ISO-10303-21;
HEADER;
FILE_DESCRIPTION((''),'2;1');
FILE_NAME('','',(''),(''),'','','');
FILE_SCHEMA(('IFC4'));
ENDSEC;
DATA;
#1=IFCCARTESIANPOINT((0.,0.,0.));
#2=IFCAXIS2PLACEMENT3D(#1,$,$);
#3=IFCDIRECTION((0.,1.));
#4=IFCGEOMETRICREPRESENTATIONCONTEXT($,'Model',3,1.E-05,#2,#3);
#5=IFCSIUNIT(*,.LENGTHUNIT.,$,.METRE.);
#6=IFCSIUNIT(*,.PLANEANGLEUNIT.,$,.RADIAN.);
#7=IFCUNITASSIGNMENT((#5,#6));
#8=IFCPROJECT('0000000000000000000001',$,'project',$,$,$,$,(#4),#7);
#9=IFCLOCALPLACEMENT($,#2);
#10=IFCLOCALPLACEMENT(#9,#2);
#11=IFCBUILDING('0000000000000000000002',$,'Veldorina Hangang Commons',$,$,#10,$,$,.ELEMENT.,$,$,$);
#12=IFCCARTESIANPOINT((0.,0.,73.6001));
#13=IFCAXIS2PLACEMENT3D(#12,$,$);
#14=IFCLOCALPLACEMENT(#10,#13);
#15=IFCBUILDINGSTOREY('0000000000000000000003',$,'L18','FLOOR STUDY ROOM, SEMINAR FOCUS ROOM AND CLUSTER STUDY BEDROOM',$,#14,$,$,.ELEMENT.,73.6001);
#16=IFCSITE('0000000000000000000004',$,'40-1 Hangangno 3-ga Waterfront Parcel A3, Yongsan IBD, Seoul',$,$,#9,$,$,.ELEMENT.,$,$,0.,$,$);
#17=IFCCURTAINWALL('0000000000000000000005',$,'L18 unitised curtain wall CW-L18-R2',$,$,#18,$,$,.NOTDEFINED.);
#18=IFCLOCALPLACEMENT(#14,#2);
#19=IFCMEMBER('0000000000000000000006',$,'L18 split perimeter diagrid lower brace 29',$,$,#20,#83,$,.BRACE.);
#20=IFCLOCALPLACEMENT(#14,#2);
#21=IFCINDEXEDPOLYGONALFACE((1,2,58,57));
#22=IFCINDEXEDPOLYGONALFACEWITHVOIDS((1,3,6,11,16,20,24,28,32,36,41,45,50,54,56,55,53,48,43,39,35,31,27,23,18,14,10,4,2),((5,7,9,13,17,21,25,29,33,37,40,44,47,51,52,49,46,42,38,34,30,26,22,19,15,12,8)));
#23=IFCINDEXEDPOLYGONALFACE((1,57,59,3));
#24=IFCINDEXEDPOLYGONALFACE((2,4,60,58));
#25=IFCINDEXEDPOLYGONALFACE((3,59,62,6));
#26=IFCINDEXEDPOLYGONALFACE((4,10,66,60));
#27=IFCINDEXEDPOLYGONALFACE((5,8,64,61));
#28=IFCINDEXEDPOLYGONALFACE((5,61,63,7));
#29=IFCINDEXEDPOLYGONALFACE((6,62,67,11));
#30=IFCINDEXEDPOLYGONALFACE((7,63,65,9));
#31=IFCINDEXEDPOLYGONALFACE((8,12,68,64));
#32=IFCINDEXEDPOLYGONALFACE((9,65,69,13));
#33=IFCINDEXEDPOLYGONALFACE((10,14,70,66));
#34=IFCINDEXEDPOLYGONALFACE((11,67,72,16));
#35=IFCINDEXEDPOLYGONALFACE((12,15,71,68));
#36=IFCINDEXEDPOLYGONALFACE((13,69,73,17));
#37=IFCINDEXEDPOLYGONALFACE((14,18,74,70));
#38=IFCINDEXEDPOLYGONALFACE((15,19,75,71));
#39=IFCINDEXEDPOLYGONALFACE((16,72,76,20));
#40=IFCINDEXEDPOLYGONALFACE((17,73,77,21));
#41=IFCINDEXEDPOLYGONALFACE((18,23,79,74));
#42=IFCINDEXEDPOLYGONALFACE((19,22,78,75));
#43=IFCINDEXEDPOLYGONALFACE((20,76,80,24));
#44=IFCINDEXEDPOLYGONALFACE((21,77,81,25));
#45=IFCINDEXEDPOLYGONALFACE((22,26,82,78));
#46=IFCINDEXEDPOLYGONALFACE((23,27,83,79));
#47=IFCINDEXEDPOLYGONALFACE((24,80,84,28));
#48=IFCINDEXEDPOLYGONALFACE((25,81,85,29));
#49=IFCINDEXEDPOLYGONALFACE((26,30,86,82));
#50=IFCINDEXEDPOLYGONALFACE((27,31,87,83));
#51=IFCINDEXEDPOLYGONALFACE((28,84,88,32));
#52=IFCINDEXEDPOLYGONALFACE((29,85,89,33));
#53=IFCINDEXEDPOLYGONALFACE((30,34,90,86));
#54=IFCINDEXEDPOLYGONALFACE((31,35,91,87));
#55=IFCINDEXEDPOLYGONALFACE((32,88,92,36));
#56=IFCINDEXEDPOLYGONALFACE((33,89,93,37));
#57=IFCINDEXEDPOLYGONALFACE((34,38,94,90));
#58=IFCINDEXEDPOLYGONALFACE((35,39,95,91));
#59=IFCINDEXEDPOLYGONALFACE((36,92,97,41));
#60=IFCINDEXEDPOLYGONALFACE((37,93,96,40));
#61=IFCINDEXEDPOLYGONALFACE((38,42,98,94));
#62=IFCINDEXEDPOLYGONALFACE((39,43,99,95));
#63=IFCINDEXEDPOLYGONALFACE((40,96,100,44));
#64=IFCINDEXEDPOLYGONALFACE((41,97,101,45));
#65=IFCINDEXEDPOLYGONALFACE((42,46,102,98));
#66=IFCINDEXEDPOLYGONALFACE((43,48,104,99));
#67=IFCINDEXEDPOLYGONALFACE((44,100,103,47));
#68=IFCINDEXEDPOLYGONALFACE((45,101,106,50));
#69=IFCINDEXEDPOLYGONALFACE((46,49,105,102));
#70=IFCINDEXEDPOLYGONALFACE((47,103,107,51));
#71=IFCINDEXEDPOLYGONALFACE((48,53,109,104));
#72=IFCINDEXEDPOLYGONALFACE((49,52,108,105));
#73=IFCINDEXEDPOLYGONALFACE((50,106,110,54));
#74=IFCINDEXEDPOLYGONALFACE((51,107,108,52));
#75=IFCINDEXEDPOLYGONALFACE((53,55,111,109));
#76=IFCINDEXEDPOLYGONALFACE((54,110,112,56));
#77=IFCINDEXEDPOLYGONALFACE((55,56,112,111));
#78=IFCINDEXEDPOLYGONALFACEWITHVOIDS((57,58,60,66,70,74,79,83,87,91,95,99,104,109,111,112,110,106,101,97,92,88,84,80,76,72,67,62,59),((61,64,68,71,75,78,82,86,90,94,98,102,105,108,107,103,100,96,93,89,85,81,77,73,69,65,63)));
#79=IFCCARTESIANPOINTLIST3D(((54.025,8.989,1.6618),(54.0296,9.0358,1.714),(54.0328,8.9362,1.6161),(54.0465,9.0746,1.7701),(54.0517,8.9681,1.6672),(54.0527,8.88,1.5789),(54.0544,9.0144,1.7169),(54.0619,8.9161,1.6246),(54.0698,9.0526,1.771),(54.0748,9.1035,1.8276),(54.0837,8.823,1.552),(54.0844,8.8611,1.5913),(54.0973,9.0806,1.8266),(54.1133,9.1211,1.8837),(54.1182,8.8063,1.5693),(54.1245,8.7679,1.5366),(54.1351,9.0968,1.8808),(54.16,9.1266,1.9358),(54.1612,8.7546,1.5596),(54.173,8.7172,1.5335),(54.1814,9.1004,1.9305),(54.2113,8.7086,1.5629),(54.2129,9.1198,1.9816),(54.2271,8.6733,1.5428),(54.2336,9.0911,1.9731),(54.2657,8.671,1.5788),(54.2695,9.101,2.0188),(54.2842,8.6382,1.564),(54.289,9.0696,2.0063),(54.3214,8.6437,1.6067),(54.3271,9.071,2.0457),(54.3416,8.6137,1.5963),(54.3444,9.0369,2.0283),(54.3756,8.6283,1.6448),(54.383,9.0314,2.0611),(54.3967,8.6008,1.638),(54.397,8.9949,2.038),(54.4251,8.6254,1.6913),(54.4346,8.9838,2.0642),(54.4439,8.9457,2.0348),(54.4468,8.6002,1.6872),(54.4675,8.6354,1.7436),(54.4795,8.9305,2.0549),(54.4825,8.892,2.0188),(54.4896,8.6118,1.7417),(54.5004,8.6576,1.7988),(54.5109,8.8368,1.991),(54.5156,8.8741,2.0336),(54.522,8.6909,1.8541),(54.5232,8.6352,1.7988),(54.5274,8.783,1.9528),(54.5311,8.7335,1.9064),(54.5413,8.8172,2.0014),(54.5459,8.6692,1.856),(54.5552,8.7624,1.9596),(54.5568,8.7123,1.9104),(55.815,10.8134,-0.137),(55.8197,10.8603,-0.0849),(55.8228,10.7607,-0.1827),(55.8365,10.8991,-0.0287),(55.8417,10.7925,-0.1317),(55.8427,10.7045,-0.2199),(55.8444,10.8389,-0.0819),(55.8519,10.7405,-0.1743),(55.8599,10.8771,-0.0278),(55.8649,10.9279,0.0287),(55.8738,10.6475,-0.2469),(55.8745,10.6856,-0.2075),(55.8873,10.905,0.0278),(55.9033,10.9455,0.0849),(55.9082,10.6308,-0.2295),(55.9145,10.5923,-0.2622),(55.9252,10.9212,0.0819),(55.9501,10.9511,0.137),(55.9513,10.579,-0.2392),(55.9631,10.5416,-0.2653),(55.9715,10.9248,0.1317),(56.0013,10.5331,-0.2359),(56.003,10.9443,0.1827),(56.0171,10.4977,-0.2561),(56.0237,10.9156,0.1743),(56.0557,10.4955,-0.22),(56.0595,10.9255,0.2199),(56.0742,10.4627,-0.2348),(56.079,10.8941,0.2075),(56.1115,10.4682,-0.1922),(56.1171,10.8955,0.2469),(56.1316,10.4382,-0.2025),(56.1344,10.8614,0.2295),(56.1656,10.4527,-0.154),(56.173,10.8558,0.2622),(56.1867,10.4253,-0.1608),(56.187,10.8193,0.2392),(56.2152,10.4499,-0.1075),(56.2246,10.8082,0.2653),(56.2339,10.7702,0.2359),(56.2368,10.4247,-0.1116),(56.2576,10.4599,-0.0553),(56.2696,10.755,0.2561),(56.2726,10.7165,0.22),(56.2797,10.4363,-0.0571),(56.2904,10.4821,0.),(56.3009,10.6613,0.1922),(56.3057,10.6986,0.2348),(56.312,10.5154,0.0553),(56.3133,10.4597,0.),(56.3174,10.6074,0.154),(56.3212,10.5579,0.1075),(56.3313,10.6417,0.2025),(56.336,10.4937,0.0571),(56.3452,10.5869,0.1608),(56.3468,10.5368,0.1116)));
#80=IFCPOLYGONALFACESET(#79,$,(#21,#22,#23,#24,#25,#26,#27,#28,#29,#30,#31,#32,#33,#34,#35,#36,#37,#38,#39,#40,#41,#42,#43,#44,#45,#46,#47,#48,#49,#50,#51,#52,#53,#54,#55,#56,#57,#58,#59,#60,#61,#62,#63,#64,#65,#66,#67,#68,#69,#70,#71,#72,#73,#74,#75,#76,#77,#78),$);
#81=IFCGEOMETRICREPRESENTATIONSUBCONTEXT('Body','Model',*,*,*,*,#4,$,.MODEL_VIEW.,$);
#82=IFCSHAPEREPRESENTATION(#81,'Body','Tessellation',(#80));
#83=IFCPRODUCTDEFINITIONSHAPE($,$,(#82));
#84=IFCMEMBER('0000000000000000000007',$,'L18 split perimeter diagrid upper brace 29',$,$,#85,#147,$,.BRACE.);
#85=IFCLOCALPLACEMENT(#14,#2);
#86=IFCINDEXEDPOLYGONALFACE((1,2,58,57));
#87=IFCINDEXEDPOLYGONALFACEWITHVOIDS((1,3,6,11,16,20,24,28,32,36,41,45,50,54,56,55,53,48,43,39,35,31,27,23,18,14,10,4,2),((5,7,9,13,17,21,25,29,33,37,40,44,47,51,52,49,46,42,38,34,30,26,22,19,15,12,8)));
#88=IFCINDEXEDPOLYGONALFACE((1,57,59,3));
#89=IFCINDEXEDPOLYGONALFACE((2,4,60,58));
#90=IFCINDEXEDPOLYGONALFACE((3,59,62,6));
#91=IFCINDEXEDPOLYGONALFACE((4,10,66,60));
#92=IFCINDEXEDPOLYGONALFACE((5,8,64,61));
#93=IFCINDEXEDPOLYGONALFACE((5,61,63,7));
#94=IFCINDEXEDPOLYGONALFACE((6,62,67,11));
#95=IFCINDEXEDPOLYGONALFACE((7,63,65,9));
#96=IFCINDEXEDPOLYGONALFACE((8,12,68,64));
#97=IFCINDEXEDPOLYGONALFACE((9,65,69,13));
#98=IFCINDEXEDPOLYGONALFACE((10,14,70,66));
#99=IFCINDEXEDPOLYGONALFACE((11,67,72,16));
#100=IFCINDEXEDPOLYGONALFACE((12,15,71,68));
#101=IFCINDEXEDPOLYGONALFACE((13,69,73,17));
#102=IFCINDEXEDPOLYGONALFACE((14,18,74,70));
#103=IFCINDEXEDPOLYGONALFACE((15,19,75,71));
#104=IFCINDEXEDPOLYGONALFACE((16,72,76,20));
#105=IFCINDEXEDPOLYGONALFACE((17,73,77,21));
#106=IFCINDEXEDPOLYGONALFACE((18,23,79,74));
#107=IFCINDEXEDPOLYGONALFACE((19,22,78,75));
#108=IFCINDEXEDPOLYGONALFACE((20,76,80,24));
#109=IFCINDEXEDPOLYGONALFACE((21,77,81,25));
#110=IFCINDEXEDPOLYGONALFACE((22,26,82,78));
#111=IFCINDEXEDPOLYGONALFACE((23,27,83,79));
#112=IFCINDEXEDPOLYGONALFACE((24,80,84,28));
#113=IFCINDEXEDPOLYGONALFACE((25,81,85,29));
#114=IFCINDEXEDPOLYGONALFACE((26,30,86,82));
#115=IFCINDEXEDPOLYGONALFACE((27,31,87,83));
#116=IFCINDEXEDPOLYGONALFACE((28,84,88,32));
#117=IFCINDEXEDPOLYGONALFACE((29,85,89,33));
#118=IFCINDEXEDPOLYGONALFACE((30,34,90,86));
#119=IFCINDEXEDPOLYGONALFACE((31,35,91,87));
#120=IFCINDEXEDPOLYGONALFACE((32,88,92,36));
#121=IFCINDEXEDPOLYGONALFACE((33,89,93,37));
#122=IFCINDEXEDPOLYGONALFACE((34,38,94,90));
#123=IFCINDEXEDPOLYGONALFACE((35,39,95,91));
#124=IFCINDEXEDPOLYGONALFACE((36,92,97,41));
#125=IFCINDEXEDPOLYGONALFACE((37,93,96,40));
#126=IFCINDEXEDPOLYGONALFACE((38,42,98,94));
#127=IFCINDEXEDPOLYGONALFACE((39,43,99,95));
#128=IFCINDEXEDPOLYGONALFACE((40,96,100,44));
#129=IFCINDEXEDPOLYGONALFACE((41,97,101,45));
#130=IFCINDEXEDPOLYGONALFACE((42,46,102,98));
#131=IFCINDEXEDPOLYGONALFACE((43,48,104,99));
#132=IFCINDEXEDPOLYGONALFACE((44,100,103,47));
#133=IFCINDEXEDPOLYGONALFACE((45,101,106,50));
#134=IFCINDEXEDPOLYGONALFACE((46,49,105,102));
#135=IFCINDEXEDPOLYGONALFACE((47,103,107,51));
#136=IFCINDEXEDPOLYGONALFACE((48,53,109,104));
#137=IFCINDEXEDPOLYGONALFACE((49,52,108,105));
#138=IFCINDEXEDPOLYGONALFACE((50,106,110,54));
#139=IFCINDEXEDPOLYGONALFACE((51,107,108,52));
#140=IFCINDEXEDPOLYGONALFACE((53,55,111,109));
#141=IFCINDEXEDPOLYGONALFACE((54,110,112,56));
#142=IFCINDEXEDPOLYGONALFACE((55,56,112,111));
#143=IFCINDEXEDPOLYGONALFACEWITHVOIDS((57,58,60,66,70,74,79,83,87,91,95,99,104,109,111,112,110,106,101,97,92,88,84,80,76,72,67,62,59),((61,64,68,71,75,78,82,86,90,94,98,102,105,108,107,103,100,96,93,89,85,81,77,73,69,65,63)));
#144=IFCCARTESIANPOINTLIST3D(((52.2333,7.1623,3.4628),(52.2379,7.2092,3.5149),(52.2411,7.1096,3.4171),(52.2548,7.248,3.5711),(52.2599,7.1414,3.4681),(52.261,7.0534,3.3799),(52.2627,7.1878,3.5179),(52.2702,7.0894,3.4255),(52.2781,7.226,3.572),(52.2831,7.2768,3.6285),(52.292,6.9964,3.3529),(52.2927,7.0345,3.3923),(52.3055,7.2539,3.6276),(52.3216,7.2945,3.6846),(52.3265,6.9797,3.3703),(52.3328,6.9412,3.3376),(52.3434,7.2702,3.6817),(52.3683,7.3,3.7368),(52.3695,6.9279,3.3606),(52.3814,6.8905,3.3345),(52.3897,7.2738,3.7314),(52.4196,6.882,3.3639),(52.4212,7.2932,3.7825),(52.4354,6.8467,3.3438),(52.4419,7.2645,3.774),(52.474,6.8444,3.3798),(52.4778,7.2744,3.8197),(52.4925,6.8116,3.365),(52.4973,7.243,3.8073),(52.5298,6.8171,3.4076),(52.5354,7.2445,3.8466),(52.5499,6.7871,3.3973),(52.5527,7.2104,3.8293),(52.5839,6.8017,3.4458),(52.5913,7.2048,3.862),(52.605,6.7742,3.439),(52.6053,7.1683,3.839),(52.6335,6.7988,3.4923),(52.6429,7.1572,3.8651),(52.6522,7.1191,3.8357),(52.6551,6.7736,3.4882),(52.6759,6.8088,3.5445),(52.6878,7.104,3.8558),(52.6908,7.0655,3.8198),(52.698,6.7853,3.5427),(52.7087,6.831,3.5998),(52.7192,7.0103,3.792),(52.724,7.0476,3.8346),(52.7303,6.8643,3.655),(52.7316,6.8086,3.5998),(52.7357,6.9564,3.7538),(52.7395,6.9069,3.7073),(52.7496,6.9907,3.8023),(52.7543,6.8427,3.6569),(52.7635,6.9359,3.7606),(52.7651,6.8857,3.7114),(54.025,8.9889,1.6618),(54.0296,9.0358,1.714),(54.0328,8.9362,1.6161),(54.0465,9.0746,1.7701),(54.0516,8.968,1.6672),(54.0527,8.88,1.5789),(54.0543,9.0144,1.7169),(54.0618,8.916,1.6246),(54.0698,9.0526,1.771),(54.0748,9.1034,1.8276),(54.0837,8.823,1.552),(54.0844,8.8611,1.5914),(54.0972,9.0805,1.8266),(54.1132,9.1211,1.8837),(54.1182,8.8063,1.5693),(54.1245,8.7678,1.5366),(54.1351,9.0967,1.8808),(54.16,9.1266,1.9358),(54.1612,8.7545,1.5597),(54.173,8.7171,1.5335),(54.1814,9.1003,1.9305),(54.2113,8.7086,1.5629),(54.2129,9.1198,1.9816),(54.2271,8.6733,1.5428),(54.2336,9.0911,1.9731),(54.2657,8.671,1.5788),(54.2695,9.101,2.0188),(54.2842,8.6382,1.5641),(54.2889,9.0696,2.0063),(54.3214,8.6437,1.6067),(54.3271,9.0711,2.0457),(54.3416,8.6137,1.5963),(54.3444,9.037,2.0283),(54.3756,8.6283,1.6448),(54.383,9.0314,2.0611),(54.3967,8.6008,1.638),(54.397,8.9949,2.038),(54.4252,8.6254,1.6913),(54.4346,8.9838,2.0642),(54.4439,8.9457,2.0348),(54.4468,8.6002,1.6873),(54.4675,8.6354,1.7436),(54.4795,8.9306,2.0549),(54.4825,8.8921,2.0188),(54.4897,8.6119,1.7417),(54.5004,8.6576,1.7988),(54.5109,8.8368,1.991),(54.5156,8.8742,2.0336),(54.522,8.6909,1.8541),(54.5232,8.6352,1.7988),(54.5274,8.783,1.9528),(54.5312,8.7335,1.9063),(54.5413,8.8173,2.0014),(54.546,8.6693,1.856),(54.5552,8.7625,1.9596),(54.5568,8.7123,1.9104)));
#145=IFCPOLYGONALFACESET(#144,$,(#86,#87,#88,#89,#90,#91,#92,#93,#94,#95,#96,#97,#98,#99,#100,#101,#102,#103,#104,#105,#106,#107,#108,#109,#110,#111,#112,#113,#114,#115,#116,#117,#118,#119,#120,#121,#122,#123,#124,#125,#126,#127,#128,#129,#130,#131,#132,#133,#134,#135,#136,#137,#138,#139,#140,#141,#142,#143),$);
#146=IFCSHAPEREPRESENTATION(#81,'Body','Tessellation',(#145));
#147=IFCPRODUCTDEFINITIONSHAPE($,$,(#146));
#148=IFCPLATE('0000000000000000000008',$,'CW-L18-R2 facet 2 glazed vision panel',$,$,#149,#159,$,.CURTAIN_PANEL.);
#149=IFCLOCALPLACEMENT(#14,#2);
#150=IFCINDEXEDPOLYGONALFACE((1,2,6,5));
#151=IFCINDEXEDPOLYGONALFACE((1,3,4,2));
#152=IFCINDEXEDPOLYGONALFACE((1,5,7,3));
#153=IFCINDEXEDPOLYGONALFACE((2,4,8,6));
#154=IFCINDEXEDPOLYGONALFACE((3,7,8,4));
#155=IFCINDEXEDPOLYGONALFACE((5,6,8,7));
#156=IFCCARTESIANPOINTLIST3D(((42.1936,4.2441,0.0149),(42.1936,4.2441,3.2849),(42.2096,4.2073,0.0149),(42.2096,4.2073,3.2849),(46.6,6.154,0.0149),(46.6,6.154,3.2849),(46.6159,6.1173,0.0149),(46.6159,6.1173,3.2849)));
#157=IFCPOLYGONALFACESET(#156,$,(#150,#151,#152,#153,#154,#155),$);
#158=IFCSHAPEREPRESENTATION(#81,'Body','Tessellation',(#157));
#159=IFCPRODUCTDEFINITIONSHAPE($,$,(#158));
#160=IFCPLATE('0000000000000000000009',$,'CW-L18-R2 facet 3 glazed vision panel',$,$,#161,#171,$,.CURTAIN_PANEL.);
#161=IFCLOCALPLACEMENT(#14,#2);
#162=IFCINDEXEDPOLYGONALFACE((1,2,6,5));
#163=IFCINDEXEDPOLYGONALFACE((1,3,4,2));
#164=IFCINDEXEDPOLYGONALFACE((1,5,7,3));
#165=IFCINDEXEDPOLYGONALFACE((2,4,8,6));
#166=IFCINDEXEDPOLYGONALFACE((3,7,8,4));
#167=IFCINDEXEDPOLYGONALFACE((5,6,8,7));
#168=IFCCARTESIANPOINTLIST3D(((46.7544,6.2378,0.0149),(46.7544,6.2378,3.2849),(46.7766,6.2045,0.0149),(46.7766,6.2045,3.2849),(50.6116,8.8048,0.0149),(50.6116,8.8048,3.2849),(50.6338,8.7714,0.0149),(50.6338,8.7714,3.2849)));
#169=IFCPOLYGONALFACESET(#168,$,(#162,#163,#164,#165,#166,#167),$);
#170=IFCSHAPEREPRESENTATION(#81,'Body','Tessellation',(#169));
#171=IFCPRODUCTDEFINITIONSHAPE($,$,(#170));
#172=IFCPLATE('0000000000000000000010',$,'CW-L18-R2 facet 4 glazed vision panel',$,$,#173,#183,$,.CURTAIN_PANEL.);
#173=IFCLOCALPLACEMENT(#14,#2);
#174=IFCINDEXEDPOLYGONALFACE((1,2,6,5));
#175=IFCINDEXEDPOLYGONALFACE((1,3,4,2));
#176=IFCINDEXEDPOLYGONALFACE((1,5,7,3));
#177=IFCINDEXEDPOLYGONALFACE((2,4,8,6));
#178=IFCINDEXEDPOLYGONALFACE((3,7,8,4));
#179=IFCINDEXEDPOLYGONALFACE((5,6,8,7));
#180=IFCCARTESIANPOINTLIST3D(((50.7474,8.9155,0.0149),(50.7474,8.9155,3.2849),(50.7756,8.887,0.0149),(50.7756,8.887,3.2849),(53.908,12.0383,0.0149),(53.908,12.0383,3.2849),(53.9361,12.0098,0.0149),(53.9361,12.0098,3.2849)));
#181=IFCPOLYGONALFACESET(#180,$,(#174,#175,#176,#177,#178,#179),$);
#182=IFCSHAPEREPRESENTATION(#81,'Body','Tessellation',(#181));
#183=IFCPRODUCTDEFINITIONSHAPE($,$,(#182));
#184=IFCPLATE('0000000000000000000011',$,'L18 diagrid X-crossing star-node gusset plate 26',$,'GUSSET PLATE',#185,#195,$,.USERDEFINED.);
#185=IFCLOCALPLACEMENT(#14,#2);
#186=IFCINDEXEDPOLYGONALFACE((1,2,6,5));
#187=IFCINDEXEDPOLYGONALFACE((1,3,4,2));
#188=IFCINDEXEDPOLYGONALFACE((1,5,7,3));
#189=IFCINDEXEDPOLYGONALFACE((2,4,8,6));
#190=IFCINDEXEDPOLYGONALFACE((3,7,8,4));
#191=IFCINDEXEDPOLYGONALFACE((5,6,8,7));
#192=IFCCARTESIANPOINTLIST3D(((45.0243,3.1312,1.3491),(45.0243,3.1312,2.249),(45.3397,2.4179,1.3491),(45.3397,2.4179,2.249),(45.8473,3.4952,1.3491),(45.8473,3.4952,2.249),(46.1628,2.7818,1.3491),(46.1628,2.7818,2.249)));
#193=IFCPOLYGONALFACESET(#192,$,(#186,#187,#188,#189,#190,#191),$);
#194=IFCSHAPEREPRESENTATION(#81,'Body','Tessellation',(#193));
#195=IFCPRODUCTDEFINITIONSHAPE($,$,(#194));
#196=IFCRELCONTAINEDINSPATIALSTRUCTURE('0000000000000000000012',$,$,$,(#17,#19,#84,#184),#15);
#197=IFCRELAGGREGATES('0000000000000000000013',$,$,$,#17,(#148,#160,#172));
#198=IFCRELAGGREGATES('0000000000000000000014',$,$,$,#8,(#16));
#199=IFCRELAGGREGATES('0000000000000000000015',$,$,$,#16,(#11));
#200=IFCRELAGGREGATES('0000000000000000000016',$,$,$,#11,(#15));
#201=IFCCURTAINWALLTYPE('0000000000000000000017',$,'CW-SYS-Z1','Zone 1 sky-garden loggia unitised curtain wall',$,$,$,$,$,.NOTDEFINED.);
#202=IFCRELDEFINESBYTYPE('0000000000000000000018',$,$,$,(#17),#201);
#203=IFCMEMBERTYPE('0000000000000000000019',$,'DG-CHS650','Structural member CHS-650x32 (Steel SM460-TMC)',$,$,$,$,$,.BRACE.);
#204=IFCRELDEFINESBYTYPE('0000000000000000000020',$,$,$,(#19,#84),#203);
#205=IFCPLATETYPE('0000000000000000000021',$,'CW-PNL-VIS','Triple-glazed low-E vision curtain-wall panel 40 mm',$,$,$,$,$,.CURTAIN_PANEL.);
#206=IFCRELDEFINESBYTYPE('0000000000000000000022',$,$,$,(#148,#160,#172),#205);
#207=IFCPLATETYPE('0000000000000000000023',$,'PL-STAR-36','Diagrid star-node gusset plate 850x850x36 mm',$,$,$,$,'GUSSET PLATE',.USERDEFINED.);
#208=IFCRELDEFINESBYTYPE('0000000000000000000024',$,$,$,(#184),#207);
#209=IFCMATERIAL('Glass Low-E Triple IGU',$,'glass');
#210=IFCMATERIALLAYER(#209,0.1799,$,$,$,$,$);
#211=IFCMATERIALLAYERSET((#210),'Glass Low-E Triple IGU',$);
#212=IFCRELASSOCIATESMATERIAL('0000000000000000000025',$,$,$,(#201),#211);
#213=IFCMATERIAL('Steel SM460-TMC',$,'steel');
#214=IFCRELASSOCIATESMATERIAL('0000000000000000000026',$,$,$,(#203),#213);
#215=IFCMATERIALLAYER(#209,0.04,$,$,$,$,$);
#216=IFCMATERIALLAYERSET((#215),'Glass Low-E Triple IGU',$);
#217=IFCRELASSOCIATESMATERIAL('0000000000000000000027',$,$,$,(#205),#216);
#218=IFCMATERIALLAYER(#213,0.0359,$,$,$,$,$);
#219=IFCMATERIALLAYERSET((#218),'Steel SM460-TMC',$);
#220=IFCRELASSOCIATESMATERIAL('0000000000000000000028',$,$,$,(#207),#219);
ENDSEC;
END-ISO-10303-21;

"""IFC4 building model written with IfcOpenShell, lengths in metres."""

from ifc_helpers import new_model, si_unit, direction, frame, origin, origin_2d, place, context, subcontext, project, spatial, rectangle, hollow_circle, extrude, material, layer, layer_set, material_profile, profile_set, type_object, element, aggregate, save


model = new_model("IFC4")

# Units and contexts
model_context = context("Model", 3, precision=1e-05, world=origin(), true_north=direction((0.0, 1.0)))
body_context = subcontext(model_context, "Body", "Model", "MODEL_VIEW")
ifc_project = project(units=[si_unit("LENGTHUNIT", "METRE"), si_unit("PLANEANGLEUNIT", "RADIAN")], contexts=[model_context])

# Site, building, storey
site_placement = place(None, origin())
site = spatial("IfcSite", under=ifc_project, at=site_placement, Name="40-1 Hangangno 3-ga Waterfront Parcel A3, Yongsan IBD, Seoul", CompositionType="ELEMENT", RefElevation=0.0)
building_placement = place(site_placement, origin())
building = spatial("IfcBuilding", under=site, at=building_placement, Name="Veldorina Hangang Commons", CompositionType="ELEMENT")
storey_placement = place(building_placement, frame((0.0, 0.0, 73.6001)))
storey = spatial("IfcBuildingStorey", under=building, at=storey_placement, Name="L18", Description="FLOOR STUDY ROOM, SEMINAR FOCUS ROOM AND CLUSTER STUDY BEDROOM", CompositionType="ELEMENT", Elevation=73.6001)

# Curtain wall
ifc_material_1 = material(Name="Glass Low-E Triple IGU", Category="glass")
ifc_layer_1 = layer(ifc_material_1, 0.1799)
ifc_layer_set_1 = layer_set([ifc_layer_1], Name="Glass Low-E Triple IGU")
curtain_wall_type = type_object("IfcCurtainWallType", Name="CW-SYS-Z1", Description="Zone 1 sky-garden loggia unitised curtain wall", PredefinedType="NOTDEFINED", material=ifc_layer_set_1)
curtain_wall_placement = place(storey_placement, origin())
curtain_wall = element("IfcCurtainWall", 1, at=curtain_wall_placement, inside=storey, type_object=curtain_wall_type, Name="L18 unitised curtain wall CW-L18-R2", PredefinedType="NOTDEFINED")

# Members
ifc_material_2 = material(Name="Steel SM460-TMC", Category="steel")
ifc_material_profile_1 = material_profile(ifc_material_2, hollow_circle(Radius=0.325, WallThickness=0.032, at=origin_2d()), Name="CHS-650x32")
ifc_profile_set_1 = profile_set([ifc_material_profile_1], Name="Steel SM460-TMC")
member_type_1 = type_object("IfcMemberType", Name="DG-CHS650", Description="Structural member CHS-650x32 (Steel SM460-TMC)", PredefinedType="BRACE", material=ifc_profile_set_1)
member_1_placement = place(storey_placement, frame((56.0813, 10.6873, 0.0), z_axis=(-0.572723, -0.583737, 0.575535), x_axis=(0.713809, -0.700341, 0.0)))
element("IfcMember", 2, at=member_1_placement, inside=storey, type_object=member_type_1, Name="L18 split perimeter diagrid lower brace 29", PredefinedType="BRACE", context=body_context, shape_type="SweptSolid", body=[
    extrude(hollow_circle(Radius=0.325, WallThickness=0.032, at=origin_2d()), origin(), (0.0, 0.0, 1.0), 3.1255),
])
member_2_placement = place(storey_placement, frame((54.2913, 8.8628, 1.7988), z_axis=(-0.572623, -0.583781, 0.575588), x_axis=(0.713896, -0.700252, 0.0)))
element("IfcMember", 3, at=member_2_placement, inside=storey, type_object=member_type_1, Name="L18 split perimeter diagrid upper brace 29", PredefinedType="BRACE", context=body_context, shape_type="SweptSolid", body=[
    extrude(hollow_circle(Radius=0.325, WallThickness=0.032, at=origin_2d()), origin(), (0.0, 0.0, 1.0), 3.1289),
])

# Plates
ifc_layer_2 = layer(ifc_material_1, 0.04)
ifc_layer_set_2 = layer_set([ifc_layer_2], Name="Glass Low-E Triple IGU")
plate_type_1 = type_object("IfcPlateType", Name="CW-PNL-VIS", Description="Triple-glazed low-E vision curtain-wall panel 40 mm", PredefinedType="CURTAIN_PANEL", material=ifc_layer_set_2)
plate_1_placement = place(storey_placement, frame((44.4048, 5.1807, 0.0149), z_axis=(0.0, 0.0, 1.0), x_axis=(0.917519, 0.397692, 0.0)))
plate_1 = element("IfcPlate", 4, at=plate_1_placement, type_object=plate_type_1, Name="CW-L18-R2 facet 2 glazed vision panel", PredefinedType="CURTAIN_PANEL", context=body_context, shape_type="SweptSolid", body=[
    extrude(rectangle(XDim=4.8025, YDim=0.04, at=origin_2d()), origin(), (0.0, 0.0, 1.0), 3.27),
])
plate_2_placement = place(storey_placement, frame((48.6941, 7.5046, 0.0149), z_axis=(0.0, 0.0, 1.0), x_axis=(0.832506, 0.554016, 0.0)))
plate_2 = element("IfcPlate", 5, at=plate_2_placement, type_object=plate_type_1, Name="CW-L18-R2 facet 3 glazed vision panel", PredefinedType="CURTAIN_PANEL", context=body_context, shape_type="SweptSolid", body=[
    extrude(rectangle(XDim=4.6333, YDim=0.04, at=origin_2d()), origin(), (0.0, 0.0, 1.0), 3.27),
])
plate_3_placement = place(storey_placement, frame((52.3418, 10.4626, 0.0149), z_axis=(0.0, 0.0, 1.0), x_axis=(0.711339, 0.702849, 0.0)))
plate_3 = element("IfcPlate", 6, at=plate_3_placement, type_object=plate_type_1, Name="CW-L18-R2 facet 4 glazed vision panel", PredefinedType="CURTAIN_PANEL", context=body_context, shape_type="SweptSolid", body=[
    extrude(rectangle(XDim=4.4431, YDim=0.04, at=origin_2d()), origin(), (0.0, 0.0, 1.0), 3.27),
])
aggregate(curtain_wall, [plate_1, plate_2, plate_3])

# Plate
ifc_layer_3 = layer(ifc_material_2, 0.0359)
ifc_layer_set_3 = layer_set([ifc_layer_3], Name="Steel SM460-TMC")
plate_type_2 = type_object("IfcPlateType", Name="PL-STAR-36", Description="Diagrid star-node gusset plate 850x850x36 mm", ElementType="GUSSET PLATE", PredefinedType="USERDEFINED", material=ifc_layer_set_3)
plate_4_placement = place(storey_placement, frame((45.5935, 2.9565, 1.3491), z_axis=(0.0, 0.0, 1.0), x_axis=(0.914558, 0.404455, 0.0)))
element("IfcPlate", 7, at=plate_4_placement, inside=storey, type_object=plate_type_2, Name="L18 diagrid X-crossing star-node gusset plate 26", ObjectType="GUSSET PLATE", PredefinedType="USERDEFINED", context=body_context, shape_type="SweptSolid", body=[
    extrude(rectangle(XDim=0.8999, YDim=0.78, at=origin_2d()), origin(), (0.0, 0.0, 1.0), 0.8999),
])

save(model, "model.ifc")
